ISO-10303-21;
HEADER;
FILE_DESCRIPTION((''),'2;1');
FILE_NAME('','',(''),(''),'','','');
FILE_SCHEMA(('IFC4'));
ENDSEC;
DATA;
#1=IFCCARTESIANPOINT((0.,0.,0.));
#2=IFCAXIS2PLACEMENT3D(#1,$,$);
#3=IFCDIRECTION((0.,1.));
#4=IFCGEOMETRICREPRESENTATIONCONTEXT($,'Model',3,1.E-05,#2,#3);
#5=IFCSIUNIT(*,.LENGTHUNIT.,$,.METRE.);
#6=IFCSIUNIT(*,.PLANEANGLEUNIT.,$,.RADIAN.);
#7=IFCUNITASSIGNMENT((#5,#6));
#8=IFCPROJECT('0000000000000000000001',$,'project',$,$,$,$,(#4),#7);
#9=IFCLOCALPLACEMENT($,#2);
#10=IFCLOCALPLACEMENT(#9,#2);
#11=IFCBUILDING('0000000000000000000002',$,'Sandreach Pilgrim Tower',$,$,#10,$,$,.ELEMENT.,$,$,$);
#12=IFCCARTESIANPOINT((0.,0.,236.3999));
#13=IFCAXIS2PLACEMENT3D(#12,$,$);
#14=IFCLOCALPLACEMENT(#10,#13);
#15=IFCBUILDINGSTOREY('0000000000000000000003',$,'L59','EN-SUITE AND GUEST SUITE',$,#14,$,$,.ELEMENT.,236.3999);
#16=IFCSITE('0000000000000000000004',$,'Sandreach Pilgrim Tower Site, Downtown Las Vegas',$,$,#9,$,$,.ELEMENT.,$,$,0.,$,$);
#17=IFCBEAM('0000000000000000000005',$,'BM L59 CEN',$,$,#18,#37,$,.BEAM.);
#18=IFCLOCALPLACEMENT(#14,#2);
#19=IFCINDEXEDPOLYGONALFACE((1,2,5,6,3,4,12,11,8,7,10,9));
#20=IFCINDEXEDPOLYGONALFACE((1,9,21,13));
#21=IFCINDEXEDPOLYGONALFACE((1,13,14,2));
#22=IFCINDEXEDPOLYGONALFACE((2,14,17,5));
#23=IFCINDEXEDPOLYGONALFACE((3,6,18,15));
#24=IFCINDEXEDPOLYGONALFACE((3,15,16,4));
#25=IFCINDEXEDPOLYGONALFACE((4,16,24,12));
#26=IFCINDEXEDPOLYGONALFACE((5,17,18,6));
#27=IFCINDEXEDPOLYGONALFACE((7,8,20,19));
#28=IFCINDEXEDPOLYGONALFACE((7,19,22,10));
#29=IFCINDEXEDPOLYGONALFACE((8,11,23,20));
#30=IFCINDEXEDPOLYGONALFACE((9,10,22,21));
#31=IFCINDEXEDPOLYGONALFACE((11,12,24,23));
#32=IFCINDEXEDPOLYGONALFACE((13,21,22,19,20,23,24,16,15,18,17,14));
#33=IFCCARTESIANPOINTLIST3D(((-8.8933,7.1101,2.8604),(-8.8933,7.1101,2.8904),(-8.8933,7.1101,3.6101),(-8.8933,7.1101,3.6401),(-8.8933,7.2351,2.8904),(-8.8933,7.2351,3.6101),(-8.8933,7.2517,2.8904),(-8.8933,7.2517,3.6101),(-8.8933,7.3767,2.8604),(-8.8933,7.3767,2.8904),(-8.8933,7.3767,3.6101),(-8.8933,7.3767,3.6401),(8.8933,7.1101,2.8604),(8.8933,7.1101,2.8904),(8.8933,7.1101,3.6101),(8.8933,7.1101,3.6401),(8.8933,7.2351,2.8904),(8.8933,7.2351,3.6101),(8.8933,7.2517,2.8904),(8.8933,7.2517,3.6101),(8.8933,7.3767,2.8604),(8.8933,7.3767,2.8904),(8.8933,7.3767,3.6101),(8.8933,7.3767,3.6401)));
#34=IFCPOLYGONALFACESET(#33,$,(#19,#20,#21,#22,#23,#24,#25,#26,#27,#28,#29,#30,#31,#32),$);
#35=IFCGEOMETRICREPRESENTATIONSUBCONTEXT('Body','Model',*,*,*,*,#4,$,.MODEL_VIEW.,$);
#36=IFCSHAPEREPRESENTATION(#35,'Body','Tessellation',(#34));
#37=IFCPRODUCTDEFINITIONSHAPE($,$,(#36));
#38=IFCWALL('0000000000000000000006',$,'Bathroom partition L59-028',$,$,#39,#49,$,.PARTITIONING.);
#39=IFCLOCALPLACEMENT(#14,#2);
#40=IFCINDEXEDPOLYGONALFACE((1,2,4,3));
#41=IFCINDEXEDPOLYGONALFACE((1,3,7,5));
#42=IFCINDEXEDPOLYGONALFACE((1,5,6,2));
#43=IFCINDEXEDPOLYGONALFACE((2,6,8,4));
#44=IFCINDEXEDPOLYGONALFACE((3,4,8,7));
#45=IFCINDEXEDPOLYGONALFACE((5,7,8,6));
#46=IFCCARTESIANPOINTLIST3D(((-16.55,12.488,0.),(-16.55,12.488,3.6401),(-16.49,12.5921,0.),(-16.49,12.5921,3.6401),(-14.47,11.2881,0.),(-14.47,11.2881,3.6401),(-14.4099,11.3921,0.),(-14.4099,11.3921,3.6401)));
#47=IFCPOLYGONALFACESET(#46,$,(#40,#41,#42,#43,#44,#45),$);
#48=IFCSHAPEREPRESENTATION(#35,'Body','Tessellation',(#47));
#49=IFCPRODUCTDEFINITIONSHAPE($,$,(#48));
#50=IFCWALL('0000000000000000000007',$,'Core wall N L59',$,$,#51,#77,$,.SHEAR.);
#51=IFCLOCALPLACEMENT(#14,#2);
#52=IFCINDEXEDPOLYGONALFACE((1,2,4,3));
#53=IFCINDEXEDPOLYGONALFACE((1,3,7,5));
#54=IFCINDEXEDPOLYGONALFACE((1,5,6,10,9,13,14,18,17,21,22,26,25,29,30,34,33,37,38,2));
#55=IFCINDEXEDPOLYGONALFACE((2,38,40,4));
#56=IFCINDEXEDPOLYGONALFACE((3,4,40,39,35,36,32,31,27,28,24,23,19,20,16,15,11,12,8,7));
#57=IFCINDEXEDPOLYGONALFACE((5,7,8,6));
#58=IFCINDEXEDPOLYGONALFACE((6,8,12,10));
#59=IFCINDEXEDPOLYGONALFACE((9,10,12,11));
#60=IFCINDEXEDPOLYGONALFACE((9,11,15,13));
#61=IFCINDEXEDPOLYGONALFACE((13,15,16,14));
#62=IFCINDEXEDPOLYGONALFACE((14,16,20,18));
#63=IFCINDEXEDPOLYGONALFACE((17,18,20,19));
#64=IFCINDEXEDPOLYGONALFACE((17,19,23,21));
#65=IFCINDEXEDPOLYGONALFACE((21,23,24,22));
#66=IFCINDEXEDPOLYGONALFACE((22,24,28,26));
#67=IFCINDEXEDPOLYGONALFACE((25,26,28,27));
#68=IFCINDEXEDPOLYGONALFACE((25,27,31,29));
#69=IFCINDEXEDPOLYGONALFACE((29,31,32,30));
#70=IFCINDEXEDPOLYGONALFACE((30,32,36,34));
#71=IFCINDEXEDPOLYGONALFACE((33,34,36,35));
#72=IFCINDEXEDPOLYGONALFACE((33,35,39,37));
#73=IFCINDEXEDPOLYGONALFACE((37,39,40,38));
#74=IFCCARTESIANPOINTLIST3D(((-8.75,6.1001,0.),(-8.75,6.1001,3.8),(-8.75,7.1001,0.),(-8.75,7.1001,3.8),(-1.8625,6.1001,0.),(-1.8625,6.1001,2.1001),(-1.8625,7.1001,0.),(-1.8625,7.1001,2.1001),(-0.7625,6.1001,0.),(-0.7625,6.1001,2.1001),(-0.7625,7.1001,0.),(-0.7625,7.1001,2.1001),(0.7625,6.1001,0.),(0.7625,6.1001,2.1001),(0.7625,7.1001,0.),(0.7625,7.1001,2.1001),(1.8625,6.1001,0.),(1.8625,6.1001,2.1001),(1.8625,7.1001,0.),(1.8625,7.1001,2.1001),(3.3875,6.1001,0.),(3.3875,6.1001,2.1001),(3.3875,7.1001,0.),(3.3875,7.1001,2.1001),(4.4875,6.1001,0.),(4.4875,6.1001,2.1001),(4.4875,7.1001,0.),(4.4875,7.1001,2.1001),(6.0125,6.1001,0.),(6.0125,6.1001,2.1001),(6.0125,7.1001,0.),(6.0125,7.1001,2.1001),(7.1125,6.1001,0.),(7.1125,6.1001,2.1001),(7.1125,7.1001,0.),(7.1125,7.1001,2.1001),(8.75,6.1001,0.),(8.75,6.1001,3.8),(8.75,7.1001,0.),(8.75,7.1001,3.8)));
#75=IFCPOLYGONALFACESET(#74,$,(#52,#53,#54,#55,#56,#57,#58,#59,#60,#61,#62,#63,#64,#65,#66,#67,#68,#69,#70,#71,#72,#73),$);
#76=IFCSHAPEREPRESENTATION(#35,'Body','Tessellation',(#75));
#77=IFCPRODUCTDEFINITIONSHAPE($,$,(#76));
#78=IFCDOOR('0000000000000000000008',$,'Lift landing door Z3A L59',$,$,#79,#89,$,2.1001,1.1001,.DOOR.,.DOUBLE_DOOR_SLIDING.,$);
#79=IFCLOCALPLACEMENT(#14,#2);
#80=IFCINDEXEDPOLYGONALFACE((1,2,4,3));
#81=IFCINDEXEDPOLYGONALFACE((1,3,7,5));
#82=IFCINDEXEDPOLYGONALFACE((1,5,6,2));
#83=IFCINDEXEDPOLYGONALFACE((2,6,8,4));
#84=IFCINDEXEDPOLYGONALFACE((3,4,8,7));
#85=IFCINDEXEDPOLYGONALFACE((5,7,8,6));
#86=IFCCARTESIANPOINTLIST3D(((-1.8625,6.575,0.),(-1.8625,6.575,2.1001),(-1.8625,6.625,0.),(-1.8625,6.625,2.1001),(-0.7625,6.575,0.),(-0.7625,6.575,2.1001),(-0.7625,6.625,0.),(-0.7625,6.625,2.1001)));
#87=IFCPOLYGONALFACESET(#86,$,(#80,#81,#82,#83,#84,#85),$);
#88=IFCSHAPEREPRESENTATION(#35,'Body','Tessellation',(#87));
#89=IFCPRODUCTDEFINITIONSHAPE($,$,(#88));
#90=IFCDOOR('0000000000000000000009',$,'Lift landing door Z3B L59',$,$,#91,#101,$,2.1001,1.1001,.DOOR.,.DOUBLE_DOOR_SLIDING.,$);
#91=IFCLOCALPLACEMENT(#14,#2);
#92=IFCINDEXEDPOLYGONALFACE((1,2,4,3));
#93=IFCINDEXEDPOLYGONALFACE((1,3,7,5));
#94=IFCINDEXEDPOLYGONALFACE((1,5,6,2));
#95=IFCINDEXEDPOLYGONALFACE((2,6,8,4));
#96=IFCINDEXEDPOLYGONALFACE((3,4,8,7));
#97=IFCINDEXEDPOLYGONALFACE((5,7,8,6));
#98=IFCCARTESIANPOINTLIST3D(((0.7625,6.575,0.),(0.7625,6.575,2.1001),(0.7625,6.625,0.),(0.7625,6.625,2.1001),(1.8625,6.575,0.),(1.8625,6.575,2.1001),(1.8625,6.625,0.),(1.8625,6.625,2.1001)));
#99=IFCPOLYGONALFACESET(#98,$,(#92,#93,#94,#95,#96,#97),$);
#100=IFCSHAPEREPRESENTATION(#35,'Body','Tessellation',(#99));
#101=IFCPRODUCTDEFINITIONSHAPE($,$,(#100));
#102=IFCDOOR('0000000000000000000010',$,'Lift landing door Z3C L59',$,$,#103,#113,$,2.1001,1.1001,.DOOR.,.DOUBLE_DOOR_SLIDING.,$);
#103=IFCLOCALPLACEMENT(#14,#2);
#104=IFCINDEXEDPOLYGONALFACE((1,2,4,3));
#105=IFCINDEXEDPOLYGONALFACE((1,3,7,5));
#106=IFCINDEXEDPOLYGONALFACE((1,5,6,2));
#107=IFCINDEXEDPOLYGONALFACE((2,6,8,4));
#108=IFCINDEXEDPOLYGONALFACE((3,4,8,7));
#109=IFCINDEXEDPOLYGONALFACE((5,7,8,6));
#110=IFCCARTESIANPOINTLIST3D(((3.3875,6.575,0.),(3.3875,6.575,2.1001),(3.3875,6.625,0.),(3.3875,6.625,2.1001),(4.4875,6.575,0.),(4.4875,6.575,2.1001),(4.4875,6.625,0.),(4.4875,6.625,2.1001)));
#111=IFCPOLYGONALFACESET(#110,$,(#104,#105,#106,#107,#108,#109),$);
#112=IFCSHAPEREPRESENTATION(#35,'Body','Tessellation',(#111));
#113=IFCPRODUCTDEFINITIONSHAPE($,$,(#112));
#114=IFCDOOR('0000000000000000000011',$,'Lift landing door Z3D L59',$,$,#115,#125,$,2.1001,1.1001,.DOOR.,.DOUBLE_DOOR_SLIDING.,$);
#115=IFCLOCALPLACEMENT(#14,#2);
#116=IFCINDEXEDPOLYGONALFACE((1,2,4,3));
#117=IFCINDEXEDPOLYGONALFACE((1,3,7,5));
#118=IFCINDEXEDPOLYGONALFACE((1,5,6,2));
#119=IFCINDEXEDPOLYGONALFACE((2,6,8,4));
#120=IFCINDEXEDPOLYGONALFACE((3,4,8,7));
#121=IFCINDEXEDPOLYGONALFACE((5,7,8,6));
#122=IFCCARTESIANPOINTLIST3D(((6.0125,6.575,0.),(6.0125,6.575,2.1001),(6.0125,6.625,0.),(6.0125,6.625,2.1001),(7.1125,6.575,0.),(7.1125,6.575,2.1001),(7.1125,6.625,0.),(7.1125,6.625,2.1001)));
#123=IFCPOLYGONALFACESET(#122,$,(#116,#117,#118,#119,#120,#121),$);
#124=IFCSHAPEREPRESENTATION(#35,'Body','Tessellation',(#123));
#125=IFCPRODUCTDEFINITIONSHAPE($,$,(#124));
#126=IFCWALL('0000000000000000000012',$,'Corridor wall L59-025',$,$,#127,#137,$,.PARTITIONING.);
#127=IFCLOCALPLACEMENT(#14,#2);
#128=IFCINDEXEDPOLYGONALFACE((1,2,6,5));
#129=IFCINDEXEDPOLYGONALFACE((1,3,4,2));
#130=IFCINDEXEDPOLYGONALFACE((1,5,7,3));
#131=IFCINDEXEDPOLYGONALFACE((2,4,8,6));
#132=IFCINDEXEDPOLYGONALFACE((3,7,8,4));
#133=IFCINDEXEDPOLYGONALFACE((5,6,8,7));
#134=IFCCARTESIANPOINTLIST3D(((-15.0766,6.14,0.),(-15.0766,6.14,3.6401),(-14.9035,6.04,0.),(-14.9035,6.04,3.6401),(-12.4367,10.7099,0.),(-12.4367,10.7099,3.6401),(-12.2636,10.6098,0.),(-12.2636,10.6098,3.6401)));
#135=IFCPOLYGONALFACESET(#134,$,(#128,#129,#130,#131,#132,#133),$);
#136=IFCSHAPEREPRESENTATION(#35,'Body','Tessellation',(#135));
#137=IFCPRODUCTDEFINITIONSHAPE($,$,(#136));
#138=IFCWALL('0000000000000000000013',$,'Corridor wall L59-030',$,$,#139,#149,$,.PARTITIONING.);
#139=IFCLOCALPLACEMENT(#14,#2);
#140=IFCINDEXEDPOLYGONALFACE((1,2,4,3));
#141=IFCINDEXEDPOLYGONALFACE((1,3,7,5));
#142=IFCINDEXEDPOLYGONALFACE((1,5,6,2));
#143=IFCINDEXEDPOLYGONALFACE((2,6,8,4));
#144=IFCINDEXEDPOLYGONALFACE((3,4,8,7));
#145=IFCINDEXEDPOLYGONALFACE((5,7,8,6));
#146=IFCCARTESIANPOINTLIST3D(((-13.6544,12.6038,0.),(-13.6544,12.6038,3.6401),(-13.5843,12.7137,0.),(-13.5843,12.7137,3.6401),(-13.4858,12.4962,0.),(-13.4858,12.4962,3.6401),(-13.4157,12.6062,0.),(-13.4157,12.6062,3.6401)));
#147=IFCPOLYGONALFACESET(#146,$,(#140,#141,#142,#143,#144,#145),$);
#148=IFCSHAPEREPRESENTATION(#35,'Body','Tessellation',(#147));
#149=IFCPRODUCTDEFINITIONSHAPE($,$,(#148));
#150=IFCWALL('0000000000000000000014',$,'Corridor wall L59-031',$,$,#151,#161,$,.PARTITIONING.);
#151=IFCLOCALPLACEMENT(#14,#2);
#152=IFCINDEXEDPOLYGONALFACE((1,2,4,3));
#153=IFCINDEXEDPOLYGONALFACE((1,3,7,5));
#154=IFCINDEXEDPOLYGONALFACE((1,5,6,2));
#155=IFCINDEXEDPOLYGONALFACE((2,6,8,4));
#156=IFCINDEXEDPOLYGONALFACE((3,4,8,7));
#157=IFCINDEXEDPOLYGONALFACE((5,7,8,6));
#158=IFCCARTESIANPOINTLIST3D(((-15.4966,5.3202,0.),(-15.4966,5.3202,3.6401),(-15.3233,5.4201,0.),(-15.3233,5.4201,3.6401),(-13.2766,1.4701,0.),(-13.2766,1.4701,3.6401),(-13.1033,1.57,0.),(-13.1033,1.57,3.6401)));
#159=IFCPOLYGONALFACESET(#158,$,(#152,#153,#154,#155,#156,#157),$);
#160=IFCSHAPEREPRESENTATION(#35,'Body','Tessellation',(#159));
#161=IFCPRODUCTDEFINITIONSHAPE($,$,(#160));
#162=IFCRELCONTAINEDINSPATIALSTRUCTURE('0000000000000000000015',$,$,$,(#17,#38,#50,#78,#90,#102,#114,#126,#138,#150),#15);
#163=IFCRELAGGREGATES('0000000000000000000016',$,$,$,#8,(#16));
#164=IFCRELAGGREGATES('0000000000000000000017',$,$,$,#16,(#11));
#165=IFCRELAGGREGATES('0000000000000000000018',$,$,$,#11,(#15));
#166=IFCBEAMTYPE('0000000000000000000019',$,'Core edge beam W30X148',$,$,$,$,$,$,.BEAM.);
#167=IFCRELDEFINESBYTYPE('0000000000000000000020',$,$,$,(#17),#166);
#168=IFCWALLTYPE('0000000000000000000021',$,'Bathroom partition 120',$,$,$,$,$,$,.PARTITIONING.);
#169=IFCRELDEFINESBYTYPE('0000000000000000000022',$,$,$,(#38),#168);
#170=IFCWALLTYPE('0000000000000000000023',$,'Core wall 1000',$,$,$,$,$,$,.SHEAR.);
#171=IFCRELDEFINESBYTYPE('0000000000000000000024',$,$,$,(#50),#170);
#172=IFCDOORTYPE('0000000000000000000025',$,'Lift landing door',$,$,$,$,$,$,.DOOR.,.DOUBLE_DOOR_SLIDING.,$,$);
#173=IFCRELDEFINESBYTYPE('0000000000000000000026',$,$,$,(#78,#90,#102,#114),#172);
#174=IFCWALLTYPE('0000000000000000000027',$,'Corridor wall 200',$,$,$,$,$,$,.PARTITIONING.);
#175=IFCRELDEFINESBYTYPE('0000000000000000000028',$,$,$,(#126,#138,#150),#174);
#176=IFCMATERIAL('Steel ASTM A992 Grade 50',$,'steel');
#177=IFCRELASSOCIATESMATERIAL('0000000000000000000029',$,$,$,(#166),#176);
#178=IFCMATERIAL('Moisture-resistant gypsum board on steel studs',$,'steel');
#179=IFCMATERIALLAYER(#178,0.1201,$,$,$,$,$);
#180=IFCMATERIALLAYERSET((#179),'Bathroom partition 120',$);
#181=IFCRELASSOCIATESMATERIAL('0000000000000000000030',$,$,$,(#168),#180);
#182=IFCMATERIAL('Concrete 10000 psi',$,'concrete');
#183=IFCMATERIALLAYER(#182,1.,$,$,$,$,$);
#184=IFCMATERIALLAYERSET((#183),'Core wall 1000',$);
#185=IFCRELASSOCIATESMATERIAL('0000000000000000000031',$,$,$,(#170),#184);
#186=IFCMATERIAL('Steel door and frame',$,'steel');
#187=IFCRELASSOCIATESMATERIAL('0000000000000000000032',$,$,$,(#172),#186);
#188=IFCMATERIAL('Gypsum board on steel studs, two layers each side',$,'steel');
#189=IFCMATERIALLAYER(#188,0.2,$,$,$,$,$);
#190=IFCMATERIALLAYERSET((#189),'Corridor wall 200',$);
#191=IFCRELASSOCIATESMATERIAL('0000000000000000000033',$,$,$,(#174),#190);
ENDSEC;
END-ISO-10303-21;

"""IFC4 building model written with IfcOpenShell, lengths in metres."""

from ifc_helpers import new_model, si_unit, direction, frame, frame_2d, origin, origin_2d, place, context, subcontext, project, spatial, rectangle, i_section, extrude, material, layer, layer_set, material_profile, profile_set, type_object, element, fill, save


model = new_model("IFC4")

# Units and contexts
model_context = context("Model", 3, precision=1e-05, world=origin(), true_north=direction((0.0, 1.0)))
body_context = subcontext(model_context, "Body", "Model", "MODEL_VIEW")
ifc_project = project(units=[si_unit("LENGTHUNIT", "METRE"), si_unit("PLANEANGLEUNIT", "RADIAN")], contexts=[model_context])

# Site, building, storey
site_placement = place(None, origin())
site = spatial("IfcSite", under=ifc_project, at=site_placement, Name="Sandreach Pilgrim Tower Site, Downtown Las Vegas", CompositionType="ELEMENT", RefElevation=0.0)
building_placement = place(site_placement, origin())
building = spatial("IfcBuilding", under=site, at=building_placement, Name="Sandreach Pilgrim Tower", CompositionType="ELEMENT")
storey_placement = place(building_placement, frame((0.0, 0.0, 236.3999)))
storey = spatial("IfcBuildingStorey", under=building, at=storey_placement, Name="L59", Description="EN-SUITE AND GUEST SUITE", CompositionType="ELEMENT", Elevation=236.3999)

# Beam
ifc_material_1 = material(Name="Steel ASTM A992 Grade 50", Category="steel")
ifc_material_profile = material_profile(ifc_material_1, i_section(OverallWidth=0.2666, OverallDepth=0.7798, WebThickness=0.0166, FlangeThickness=0.03, at=origin_2d()), Name="W30X148")
ifc_profile_set = profile_set([ifc_material_profile], Name="Steel ASTM A992 Grade 50")
beam_type = type_object("IfcBeamType", Name="Core edge beam W30X148", PredefinedType="BEAM", material=ifc_profile_set)
beam_placement = place(storey_placement, frame((-8.8933, 7.2434, 3.2502), z_axis=(1.0, 0.0, 0.0), x_axis=(0.0, 1.0, 0.0)))
element("IfcBeam", 1, at=beam_placement, inside=storey, type_object=beam_type, Name="BM L59 CEN", PredefinedType="BEAM", context=body_context, shape_type="SweptSolid", body=[
    extrude(i_section(OverallWidth=0.2666, OverallDepth=0.7798, WebThickness=0.0166, FlangeThickness=0.03, at=origin_2d()), origin(), (0.0, 0.0, 1.0), 17.7866),
])

# Wall
ifc_material_2 = material(Name="Moisture-resistant gypsum board on steel studs", Category="steel")
ifc_layer_1 = layer(ifc_material_2, 0.1201)
ifc_layer_set_1 = layer_set([ifc_layer_1], Name="Bathroom partition 120")
wall_type_1 = type_object("IfcWallType", Name="Bathroom partition 120", PredefinedType="PARTITIONING", material=ifc_layer_set_1)
wall_1_placement = place(storey_placement, frame((-14.4399, 11.3401, 0.0), z_axis=(0.0, 0.0, 1.0), x_axis=(-0.866203, 0.499693, 0.0)))
element("IfcWall", 2, at=wall_1_placement, inside=storey, type_object=wall_type_1, Name="Bathroom partition L59-028", PredefinedType="PARTITIONING", context=body_context, shape_type="SweptSolid", body=[
    extrude(rectangle(XDim=2.4014, YDim=0.1201, at=frame_2d((1.2007, 0.0))), origin(), (0.0, 0.0, 1.0), 3.6401),
])

# Wall, openings, doors
ifc_material_3 = material(Name="Concrete 10000 psi", Category="concrete")
ifc_layer_2 = layer(ifc_material_3, 1.0)
ifc_layer_set_2 = layer_set([ifc_layer_2], Name="Core wall 1000")
wall_type_2 = type_object("IfcWallType", Name="Core wall 1000", PredefinedType="SHEAR", material=ifc_layer_set_2)
wall_2_placement = place(storey_placement, frame((-8.75, 6.6001, 0.0), z_axis=(0.0, 0.0, 1.0), x_axis=(1.0, 0.0, 0.0)))
wall_2 = element("IfcWall", 3, at=wall_2_placement, inside=storey, type_object=wall_type_2, Name="Core wall N L59", PredefinedType="SHEAR", context=body_context, shape_type="SweptSolid", body=[
    extrude(rectangle(XDim=17.5, YDim=1.0, at=frame_2d((8.75, 0.0))), origin(), (0.0, 0.0, 1.0), 3.8),
])
opening_1_placement = place(wall_2_placement, frame((6.8875, 0.0, 0.0)))
opening_1 = element("IfcOpeningElement", 4, at=opening_1_placement, cuts=wall_2, PredefinedType="OPENING", context=body_context, shape_type="SweptSolid", body=[
    extrude(rectangle(XDim=1.1001, YDim=2.1001, at=frame_2d((0.55, 1.05))), frame((0.0, 0.5, 0.0), z_axis=(0.0, -1.0, 0.0), x_axis=(1.0, 0.0, 0.0)), (0.0, 0.0, 1.0), 1.0),
])
opening_2_placement = place(wall_2_placement, frame((9.5125, 0.0, 0.0)))
opening_2 = element("IfcOpeningElement", 5, at=opening_2_placement, cuts=wall_2, PredefinedType="OPENING", context=body_context, shape_type="SweptSolid", body=[
    extrude(rectangle(XDim=1.1001, YDim=2.1001, at=frame_2d((0.55, 1.05))), frame((0.0, 0.5, 0.0), z_axis=(0.0, -1.0, 0.0), x_axis=(1.0, 0.0, 0.0)), (0.0, 0.0, 1.0), 1.0),
])
opening_3_placement = place(wall_2_placement, frame((12.1375, 0.0, 0.0)))
opening_3 = element("IfcOpeningElement", 6, at=opening_3_placement, cuts=wall_2, PredefinedType="OPENING", context=body_context, shape_type="SweptSolid", body=[
    extrude(rectangle(XDim=1.1001, YDim=2.1001, at=frame_2d((0.55, 1.05))), frame((0.0, 0.5, 0.0), z_axis=(0.0, -1.0, 0.0), x_axis=(1.0, 0.0, 0.0)), (0.0, 0.0, 1.0), 1.0),
])
opening_4_placement = place(wall_2_placement, frame((14.7625, 0.0, 0.0)))
opening_4 = element("IfcOpeningElement", 7, at=opening_4_placement, cuts=wall_2, PredefinedType="OPENING", context=body_context, shape_type="SweptSolid", body=[
    extrude(rectangle(XDim=1.1001, YDim=2.1001, at=frame_2d((0.55, 1.05))), frame((0.0, 0.5, 0.0), z_axis=(0.0, -1.0, 0.0), x_axis=(1.0, 0.0, 0.0)), (0.0, 0.0, 1.0), 1.0),
])
ifc_material_4 = material(Name="Steel door and frame", Category="steel")
door_type_1 = type_object("IfcDoorType", Name="Lift landing door", OperationType="DOUBLE_DOOR_SLIDING", PredefinedType="DOOR", material=ifc_material_4)
door_1_placement = place(opening_1_placement, origin())
door_1 = element("IfcDoor", 8, at=door_1_placement, inside=storey, type_object=door_type_1, Name="Lift landing door Z3A L59", OperationType="DOUBLE_DOOR_SLIDING", OverallHeight=2.1001, OverallWidth=1.1001, PredefinedType="DOOR", context=body_context, shape_type="SweptSolid", body=[
    extrude(rectangle(XDim=1.1001, YDim=2.1001, at=frame_2d((0.55, 1.05))), frame((0.0, 0.0249, 0.0), z_axis=(0.0, -1.0, 0.0), x_axis=(1.0, 0.0, 0.0)), (0.0, 0.0, 1.0), 0.05),
])
fill(opening_1, door_1)
door_2_placement = place(opening_2_placement, origin())
door_2 = element("IfcDoor", 9, at=door_2_placement, inside=storey, type_object=door_type_1, Name="Lift landing door Z3B L59", OperationType="DOUBLE_DOOR_SLIDING", OverallHeight=2.1001, OverallWidth=1.1001, PredefinedType="DOOR", context=body_context, shape_type="SweptSolid", body=[
    extrude(rectangle(XDim=1.1001, YDim=2.1001, at=frame_2d((0.55, 1.05))), frame((0.0, 0.0249, 0.0), z_axis=(0.0, -1.0, 0.0), x_axis=(1.0, 0.0, 0.0)), (0.0, 0.0, 1.0), 0.05),
])
fill(opening_2, door_2)
door_3_placement = place(opening_3_placement, origin())
door_3 = element("IfcDoor", 10, at=door_3_placement, inside=storey, type_object=door_type_1, Name="Lift landing door Z3C L59", OperationType="DOUBLE_DOOR_SLIDING", OverallHeight=2.1001, OverallWidth=1.1001, PredefinedType="DOOR", context=body_context, shape_type="SweptSolid", body=[
    extrude(rectangle(XDim=1.1001, YDim=2.1001, at=frame_2d((0.55, 1.05))), frame((0.0, 0.0249, 0.0), z_axis=(0.0, -1.0, 0.0), x_axis=(1.0, 0.0, 0.0)), (0.0, 0.0, 1.0), 0.05),
])
fill(opening_3, door_3)
door_4_placement = place(opening_4_placement, origin())
door_4 = element("IfcDoor", 11, at=door_4_placement, inside=storey, type_object=door_type_1, Name="Lift landing door Z3D L59", OperationType="DOUBLE_DOOR_SLIDING", OverallHeight=2.1001, OverallWidth=1.1001, PredefinedType="DOOR", context=body_context, shape_type="SweptSolid", body=[
    extrude(rectangle(XDim=1.1001, YDim=2.1001, at=frame_2d((0.55, 1.05))), frame((0.0, 0.0249, 0.0), z_axis=(0.0, -1.0, 0.0), x_axis=(1.0, 0.0, 0.0)), (0.0, 0.0, 1.0), 0.05),
])
fill(opening_4, door_4)

# Walls
ifc_material_5 = material(Name="Gypsum board on steel studs, two layers each side", Category="steel")
ifc_layer_3 = layer(ifc_material_5, 0.2)
ifc_layer_set_3 = layer_set([ifc_layer_3], Name="Corridor wall 200")
wall_type_3 = type_object("IfcWallType", Name="Corridor wall 200", PredefinedType="PARTITIONING", material=ifc_layer_set_3)
wall_3_placement = place(storey_placement, frame((-14.99, 6.0901, 0.0), z_axis=(0.0, 0.0, 1.0), x_axis=(0.500214, 0.865902, 0.0)))
element("IfcWall", 12, at=wall_3_placement, inside=storey, type_object=wall_type_3, Name="Corridor wall L59-025", PredefinedType="PARTITIONING", context=body_context, shape_type="SweptSolid", body=[
    extrude(rectangle(XDim=5.2776, YDim=0.2, at=frame_2d((2.6387, 0.0))), origin(), (0.0, 0.0, 1.0), 3.6401),
])
wall_4_placement = place(storey_placement, frame((-13.5, 12.6599, 0.0), z_axis=(0.0, 0.0, 1.0), x_axis=(-0.537724, -0.843121, 0.0)))
element("IfcWall", 13, at=wall_4_placement, inside=storey, type_object=wall_type_3, Name="Corridor wall L59-030", PredefinedType="PARTITIONING", context=body_context, shape_type="SweptSolid", body=[
    extrude(rectangle(XDim=0.1304, YDim=0.2, at=frame_2d((0.0652, 0.0))), origin(), (0.0, 0.0, 1.0), 3.6401),
])
wall_5_placement = place(storey_placement, frame((-13.1899, 1.52, 0.0), z_axis=(0.0, 0.0, 1.0), x_axis=(-0.499513, 0.866306, 0.0)))
element("IfcWall", 14, at=wall_5_placement, inside=storey, type_object=wall_type_3, Name="Corridor wall L59-031", PredefinedType="PARTITIONING", context=body_context, shape_type="SweptSolid", body=[
    extrude(rectangle(XDim=4.4443, YDim=0.2, at=frame_2d((2.2222, 0.0))), origin(), (0.0, 0.0, 1.0), 3.6401),
])

save(model, "model.ifc")
